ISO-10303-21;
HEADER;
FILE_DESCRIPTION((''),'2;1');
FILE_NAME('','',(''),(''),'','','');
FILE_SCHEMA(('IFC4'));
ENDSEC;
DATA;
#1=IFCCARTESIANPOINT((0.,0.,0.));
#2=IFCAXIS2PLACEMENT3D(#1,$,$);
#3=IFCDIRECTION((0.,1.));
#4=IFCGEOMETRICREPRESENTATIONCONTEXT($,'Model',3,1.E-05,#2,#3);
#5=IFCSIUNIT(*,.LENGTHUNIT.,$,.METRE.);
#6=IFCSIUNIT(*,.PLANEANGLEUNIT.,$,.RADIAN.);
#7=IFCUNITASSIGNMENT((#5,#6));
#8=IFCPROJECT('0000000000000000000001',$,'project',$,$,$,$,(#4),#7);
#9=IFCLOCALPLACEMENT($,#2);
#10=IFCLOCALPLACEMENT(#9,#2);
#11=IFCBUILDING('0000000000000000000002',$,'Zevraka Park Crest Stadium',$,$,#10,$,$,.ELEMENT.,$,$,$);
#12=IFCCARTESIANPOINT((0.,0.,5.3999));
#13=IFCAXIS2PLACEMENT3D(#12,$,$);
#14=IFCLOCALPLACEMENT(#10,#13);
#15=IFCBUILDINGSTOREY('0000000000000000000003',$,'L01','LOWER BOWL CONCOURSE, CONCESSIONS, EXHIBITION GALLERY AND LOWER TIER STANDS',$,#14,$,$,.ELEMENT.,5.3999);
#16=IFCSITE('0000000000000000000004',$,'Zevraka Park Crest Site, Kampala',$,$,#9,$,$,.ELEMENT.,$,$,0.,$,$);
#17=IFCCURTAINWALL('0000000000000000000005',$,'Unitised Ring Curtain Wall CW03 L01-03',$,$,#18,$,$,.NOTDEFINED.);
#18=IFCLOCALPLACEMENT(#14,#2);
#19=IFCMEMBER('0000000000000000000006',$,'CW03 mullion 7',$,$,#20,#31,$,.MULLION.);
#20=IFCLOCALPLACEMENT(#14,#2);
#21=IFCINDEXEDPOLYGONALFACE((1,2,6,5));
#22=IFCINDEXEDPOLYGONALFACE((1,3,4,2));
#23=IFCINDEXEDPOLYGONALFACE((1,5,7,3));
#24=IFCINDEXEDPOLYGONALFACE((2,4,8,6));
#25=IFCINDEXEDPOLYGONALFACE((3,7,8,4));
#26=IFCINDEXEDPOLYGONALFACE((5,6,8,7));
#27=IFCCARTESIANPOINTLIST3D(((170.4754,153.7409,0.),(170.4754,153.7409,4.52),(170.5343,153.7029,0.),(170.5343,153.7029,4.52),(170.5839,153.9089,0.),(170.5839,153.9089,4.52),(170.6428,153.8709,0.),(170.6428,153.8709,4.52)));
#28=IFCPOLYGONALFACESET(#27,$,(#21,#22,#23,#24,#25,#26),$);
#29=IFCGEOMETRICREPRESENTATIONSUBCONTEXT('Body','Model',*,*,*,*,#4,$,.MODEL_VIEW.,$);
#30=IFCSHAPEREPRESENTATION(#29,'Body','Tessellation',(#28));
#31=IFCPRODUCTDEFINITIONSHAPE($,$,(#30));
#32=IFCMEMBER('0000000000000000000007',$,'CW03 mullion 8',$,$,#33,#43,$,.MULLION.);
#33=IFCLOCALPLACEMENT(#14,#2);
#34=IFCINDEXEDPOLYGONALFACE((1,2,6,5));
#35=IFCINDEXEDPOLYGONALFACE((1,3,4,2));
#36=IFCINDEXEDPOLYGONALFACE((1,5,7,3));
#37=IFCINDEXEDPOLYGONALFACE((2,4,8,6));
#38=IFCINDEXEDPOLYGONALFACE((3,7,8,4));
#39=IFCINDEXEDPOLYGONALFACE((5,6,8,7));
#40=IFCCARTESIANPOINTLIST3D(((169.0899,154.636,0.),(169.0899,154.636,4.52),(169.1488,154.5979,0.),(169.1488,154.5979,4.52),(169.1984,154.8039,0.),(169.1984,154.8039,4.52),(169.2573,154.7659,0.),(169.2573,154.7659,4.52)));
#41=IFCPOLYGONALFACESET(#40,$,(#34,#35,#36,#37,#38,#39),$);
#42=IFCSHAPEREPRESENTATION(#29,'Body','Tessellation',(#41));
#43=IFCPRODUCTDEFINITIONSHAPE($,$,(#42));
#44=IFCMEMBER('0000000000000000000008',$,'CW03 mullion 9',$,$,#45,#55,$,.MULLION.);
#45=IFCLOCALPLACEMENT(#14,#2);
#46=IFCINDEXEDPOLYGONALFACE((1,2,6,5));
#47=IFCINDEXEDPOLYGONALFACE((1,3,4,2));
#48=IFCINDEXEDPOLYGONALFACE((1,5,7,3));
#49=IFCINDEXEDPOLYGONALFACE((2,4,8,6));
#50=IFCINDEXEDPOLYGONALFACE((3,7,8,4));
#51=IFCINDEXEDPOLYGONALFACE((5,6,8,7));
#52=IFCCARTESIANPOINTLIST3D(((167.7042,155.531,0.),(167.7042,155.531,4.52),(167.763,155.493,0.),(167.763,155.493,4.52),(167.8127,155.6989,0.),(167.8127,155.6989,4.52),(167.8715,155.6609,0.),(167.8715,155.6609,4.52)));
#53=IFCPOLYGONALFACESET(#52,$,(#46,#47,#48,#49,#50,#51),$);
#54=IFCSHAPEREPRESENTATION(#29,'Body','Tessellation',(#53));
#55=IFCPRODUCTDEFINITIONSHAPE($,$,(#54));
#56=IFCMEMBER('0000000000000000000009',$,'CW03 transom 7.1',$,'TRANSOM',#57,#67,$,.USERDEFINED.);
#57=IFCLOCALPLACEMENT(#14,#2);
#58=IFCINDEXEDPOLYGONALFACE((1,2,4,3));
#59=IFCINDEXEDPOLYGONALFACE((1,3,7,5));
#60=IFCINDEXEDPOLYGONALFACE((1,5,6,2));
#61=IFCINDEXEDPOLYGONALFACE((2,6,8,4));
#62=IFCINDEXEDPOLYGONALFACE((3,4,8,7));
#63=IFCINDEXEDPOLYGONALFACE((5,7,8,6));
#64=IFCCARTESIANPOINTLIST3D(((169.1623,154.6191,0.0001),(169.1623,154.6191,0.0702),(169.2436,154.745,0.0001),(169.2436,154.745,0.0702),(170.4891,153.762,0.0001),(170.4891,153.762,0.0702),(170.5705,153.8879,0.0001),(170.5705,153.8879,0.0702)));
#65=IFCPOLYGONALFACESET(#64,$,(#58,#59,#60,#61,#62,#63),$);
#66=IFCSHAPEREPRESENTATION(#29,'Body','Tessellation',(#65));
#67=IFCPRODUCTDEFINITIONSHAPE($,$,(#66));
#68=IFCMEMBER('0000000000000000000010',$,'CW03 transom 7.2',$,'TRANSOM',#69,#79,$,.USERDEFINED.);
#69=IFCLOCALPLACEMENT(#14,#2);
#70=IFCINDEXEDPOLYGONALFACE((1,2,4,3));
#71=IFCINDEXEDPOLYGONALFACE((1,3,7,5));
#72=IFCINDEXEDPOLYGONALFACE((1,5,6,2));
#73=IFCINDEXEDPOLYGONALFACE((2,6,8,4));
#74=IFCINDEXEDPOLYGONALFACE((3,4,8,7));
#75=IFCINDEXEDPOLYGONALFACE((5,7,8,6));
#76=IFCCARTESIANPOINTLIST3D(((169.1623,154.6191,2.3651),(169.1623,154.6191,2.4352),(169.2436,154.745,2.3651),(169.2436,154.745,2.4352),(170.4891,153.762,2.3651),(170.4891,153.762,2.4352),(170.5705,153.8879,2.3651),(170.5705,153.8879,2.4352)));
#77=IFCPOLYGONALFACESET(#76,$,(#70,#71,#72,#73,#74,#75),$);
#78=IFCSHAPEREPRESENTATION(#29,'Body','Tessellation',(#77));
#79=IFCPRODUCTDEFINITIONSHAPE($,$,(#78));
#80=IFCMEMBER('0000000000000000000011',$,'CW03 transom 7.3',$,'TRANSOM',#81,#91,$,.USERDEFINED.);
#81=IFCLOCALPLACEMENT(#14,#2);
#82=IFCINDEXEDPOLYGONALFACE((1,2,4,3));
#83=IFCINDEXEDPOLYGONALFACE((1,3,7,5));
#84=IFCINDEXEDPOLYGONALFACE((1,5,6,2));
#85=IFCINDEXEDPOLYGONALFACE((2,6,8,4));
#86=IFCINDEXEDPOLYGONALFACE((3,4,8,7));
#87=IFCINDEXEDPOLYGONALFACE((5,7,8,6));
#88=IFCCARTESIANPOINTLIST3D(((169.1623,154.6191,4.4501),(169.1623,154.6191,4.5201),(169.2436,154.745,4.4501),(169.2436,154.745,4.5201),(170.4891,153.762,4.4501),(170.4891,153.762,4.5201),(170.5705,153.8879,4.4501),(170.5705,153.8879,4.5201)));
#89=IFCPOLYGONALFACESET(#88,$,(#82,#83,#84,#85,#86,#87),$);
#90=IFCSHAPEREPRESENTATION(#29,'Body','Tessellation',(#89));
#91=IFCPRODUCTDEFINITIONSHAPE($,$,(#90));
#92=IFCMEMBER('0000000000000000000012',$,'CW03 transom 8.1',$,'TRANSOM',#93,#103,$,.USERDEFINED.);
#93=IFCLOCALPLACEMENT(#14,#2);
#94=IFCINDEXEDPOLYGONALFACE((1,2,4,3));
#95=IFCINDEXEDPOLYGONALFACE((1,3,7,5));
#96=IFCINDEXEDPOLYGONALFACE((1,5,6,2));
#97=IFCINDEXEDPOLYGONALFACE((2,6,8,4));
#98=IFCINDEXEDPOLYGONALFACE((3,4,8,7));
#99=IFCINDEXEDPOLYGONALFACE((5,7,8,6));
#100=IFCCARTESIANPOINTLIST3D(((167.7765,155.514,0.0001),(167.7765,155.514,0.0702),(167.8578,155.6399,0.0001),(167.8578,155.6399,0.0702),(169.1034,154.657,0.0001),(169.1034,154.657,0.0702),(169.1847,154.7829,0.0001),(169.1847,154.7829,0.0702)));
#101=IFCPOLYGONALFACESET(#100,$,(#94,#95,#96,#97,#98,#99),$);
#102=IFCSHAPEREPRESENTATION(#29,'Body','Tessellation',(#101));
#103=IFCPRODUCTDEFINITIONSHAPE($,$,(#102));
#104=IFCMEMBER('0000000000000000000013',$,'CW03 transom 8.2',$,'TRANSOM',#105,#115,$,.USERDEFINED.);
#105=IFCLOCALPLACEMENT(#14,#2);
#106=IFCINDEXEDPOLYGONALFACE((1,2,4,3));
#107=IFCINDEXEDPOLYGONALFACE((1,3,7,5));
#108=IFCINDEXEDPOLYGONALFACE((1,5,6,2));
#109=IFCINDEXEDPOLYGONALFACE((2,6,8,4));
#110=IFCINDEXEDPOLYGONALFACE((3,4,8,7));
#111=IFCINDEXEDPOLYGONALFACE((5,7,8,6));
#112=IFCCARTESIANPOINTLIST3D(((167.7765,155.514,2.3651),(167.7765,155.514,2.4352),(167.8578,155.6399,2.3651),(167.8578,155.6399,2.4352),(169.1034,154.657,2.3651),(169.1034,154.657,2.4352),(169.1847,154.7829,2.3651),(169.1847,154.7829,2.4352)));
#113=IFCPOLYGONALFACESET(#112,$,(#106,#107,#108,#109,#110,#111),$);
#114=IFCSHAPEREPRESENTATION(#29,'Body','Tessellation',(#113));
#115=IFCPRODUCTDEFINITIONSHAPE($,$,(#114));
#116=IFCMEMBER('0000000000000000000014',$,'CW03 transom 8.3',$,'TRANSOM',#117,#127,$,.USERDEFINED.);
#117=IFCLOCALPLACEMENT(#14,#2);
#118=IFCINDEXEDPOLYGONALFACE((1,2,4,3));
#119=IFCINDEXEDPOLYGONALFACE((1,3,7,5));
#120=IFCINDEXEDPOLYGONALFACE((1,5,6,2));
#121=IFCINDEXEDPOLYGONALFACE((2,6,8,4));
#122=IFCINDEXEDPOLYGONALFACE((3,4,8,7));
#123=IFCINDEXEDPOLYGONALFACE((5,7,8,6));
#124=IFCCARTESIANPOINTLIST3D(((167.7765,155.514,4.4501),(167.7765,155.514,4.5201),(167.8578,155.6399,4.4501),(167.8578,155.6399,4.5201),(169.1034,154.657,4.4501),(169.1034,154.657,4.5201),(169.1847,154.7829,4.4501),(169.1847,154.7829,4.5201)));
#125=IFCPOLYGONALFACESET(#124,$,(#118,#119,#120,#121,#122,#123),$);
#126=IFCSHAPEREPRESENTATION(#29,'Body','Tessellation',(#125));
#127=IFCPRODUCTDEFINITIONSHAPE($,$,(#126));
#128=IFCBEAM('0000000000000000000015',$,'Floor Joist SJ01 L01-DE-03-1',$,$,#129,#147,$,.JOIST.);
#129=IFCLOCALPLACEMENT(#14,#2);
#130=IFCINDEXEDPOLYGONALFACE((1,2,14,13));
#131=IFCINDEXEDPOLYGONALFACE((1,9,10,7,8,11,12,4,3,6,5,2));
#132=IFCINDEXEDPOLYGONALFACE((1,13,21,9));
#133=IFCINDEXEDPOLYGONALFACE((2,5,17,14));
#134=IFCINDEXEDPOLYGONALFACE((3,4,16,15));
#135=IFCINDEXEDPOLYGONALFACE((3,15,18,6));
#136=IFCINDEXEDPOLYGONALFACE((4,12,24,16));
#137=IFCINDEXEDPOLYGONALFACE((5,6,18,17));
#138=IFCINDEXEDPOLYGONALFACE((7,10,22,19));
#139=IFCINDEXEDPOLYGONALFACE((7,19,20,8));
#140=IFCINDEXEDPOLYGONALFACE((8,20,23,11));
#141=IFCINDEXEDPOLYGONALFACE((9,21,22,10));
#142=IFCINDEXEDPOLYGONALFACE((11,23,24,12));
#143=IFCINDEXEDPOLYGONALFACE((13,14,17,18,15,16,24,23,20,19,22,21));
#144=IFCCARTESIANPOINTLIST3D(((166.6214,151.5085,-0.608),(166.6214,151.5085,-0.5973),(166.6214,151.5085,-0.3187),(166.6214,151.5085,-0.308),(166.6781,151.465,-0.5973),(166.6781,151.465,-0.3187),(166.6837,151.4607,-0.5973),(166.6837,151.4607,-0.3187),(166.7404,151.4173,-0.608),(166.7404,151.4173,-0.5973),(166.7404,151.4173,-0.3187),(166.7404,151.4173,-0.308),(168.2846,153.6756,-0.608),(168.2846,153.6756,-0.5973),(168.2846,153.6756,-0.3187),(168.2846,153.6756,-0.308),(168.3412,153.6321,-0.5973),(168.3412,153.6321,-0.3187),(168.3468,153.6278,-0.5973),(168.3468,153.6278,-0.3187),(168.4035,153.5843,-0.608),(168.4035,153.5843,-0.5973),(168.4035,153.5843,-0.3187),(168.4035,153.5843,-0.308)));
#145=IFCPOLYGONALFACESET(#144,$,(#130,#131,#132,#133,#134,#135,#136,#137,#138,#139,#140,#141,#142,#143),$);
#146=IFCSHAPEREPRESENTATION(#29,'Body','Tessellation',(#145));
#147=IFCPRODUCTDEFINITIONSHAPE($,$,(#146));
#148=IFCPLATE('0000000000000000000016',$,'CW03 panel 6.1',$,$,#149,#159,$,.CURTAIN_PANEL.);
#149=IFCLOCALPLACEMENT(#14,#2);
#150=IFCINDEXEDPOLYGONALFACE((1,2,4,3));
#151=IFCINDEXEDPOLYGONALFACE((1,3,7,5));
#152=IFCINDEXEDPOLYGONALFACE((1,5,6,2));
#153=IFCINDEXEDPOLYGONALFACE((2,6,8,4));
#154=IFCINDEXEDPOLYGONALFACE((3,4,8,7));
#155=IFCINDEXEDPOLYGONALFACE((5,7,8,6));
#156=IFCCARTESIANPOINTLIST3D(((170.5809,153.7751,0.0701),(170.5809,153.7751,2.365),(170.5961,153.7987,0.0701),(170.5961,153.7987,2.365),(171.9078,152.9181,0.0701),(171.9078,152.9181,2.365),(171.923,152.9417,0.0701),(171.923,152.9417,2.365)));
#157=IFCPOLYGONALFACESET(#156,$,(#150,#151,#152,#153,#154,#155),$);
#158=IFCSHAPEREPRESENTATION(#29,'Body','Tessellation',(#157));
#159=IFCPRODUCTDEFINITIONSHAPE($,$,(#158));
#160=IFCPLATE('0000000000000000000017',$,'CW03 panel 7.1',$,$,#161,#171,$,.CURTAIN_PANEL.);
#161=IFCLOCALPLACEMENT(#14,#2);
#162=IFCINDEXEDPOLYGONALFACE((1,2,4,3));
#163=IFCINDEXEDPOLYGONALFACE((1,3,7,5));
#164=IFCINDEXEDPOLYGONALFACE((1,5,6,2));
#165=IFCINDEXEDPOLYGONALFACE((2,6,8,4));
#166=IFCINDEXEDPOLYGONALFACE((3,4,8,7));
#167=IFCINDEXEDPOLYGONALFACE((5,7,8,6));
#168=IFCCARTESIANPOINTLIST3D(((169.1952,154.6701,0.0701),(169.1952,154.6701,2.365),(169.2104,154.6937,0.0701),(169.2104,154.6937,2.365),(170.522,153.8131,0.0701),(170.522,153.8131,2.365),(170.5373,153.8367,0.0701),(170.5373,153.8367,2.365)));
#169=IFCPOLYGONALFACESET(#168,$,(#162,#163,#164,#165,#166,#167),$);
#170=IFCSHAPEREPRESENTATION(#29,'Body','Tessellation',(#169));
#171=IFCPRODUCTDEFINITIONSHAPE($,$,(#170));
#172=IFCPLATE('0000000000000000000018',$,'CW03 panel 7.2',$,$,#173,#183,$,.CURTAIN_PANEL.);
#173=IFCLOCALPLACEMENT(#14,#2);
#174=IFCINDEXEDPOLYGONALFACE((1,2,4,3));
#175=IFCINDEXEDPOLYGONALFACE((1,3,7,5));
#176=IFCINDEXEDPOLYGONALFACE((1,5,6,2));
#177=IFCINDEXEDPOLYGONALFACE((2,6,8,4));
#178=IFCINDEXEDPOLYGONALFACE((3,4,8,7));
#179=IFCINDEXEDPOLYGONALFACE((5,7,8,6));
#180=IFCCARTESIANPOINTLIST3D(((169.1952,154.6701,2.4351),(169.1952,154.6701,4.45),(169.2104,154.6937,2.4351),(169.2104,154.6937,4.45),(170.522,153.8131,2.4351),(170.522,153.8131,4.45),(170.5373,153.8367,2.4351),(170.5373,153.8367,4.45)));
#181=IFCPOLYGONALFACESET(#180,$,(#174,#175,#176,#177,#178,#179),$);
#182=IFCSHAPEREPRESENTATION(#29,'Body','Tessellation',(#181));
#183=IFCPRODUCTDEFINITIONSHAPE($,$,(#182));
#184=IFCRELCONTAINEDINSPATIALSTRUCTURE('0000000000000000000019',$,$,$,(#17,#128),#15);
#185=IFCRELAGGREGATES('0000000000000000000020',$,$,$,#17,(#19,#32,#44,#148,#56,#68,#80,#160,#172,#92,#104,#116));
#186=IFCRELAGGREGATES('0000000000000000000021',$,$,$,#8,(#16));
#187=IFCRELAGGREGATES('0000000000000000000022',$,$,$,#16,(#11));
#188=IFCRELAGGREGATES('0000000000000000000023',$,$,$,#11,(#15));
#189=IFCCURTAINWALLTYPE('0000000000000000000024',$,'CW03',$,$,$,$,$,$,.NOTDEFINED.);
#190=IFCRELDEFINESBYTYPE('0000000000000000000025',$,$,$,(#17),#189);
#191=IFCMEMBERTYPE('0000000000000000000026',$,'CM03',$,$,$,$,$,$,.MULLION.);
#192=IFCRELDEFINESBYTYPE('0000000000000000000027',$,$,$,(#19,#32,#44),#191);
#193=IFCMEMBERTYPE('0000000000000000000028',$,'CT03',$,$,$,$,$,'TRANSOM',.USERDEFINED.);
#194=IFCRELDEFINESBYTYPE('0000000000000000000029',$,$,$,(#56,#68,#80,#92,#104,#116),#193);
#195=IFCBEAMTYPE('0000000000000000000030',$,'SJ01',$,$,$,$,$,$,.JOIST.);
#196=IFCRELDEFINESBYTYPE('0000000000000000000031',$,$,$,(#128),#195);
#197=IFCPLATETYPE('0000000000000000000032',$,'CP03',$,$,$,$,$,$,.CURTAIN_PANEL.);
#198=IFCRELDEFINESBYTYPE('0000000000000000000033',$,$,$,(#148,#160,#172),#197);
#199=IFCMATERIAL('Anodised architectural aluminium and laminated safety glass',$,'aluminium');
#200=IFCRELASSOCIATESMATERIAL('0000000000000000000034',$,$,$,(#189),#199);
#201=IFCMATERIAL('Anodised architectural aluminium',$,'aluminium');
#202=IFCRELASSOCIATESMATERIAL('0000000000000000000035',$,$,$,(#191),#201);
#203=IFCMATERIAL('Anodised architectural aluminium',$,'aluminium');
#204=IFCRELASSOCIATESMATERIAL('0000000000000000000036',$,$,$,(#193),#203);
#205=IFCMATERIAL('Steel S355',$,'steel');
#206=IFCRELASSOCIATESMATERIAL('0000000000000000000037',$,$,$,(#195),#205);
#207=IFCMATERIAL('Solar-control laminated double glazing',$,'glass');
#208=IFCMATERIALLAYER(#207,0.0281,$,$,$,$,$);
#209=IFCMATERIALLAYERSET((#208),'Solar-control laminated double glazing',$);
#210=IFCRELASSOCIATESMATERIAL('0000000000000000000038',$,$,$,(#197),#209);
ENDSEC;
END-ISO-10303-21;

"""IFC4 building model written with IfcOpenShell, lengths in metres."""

from ifc_helpers import new_model, si_unit, direction, frame, origin, origin_2d, place, context, subcontext, project, spatial, rectangle, i_section, extrude, material, layer, layer_set, material_profile, profile_set, type_object, element, aggregate, save


model = new_model("IFC4")

# Units and contexts
model_context = context("Model", 3, precision=1e-05, world=origin(), true_north=direction((0.0, 1.0)))
body_context = subcontext(model_context, "Body", "Model", "MODEL_VIEW")
ifc_project = project(units=[si_unit("LENGTHUNIT", "METRE"), si_unit("PLANEANGLEUNIT", "RADIAN")], contexts=[model_context])

# Site, building, storey
site_placement = place(None, origin())
site = spatial("IfcSite", under=ifc_project, at=site_placement, Name="Zevraka Park Crest Site, Kampala", CompositionType="ELEMENT", RefElevation=0.0)
building_placement = place(site_placement, origin())
building = spatial("IfcBuilding", under=site, at=building_placement, Name="Zevraka Park Crest Stadium", CompositionType="ELEMENT")
storey_placement = place(building_placement, frame((0.0, 0.0, 5.3999)))
storey = spatial("IfcBuildingStorey", under=building, at=storey_placement, Name="L01", Description="LOWER BOWL CONCOURSE, CONCESSIONS, EXHIBITION GALLERY AND LOWER TIER STANDS", CompositionType="ELEMENT", Elevation=5.3999)

# Curtain wall, members
ifc_material_1 = material(Name="Anodised architectural aluminium and laminated safety glass", Category="aluminium")
curtain_wall_type = type_object("IfcCurtainWallType", Name="CW03", PredefinedType="NOTDEFINED", material=ifc_material_1)
curtain_wall_placement = place(storey_placement, origin())
curtain_wall = element("IfcCurtainWall", 1, at=curtain_wall_placement, inside=storey, type_object=curtain_wall_type, Name="Unitised Ring Curtain Wall CW03 L01-03", PredefinedType="NOTDEFINED")
ifc_material_2 = material(Name="Anodised architectural aluminium", Category="aluminium")
ifc_material_profile_1 = material_profile(ifc_material_2, rectangle(XDim=0.2, YDim=0.0701, at=origin_2d()), Name="ALU MULLION 200x70")
ifc_profile_set_1 = profile_set([ifc_material_profile_1], Name="Anodised architectural aluminium")
member_type_1 = type_object("IfcMemberType", Name="CM03", PredefinedType="MULLION", material=ifc_profile_set_1)
member_1_placement = place(storey_placement, frame((170.5591, 153.8059, 0.0), z_axis=(0.0, 0.0, 1.0), x_axis=(-0.542571, -0.84001, 0.0)))
member_1 = element("IfcMember", 2, at=member_1_placement, type_object=member_type_1, Name="CW03 mullion 7", PredefinedType="MULLION", context=body_context, shape_type="SweptSolid", body=[
    extrude(rectangle(XDim=0.2, YDim=0.0701, at=origin_2d()), origin(), (0.0, 0.0, 1.0), 4.52),
])
member_2_placement = place(storey_placement, frame((169.1736, 154.7009, 0.0), z_axis=(0.0, 0.0, 1.0), x_axis=(-0.542571, -0.84001, 0.0)))
member_2 = element("IfcMember", 3, at=member_2_placement, type_object=member_type_1, Name="CW03 mullion 8", PredefinedType="MULLION", context=body_context, shape_type="SweptSolid", body=[
    extrude(rectangle(XDim=0.2, YDim=0.0701, at=origin_2d()), origin(), (0.0, 0.0, 1.0), 4.52),
])
member_3_placement = place(storey_placement, frame((167.7878, 155.5959, 0.0), z_axis=(0.0, 0.0, 1.0), x_axis=(-0.542571, -0.84001, 0.0)))
member_3 = element("IfcMember", 4, at=member_3_placement, type_object=member_type_1, Name="CW03 mullion 9", PredefinedType="MULLION", context=body_context, shape_type="SweptSolid", body=[
    extrude(rectangle(XDim=0.2, YDim=0.0701, at=origin_2d()), origin(), (0.0, 0.0, 1.0), 4.52),
])
ifc_material_3 = material(Name="Anodised architectural aluminium", Category="aluminium")
ifc_material_profile_2 = material_profile(ifc_material_3, rectangle(XDim=0.1499, YDim=0.0701, at=origin_2d()), Name="ALU TRANSOM 150x70")
ifc_profile_set_2 = profile_set([ifc_material_profile_2], Name="Anodised architectural aluminium")
member_type_2 = type_object("IfcMemberType", Name="CT03", ElementType="TRANSOM", PredefinedType="USERDEFINED", material=ifc_profile_set_2)
member_4_placement = place(storey_placement, frame((170.5298, 153.825, 0.0352), z_axis=(-0.839976, 0.542623, 0.0), x_axis=(-0.542623, -0.839976, 0.0)))
member_4 = element("IfcMember", 5, at=member_4_placement, type_object=member_type_2, Name="CW03 transom 7.1", ObjectType="TRANSOM", PredefinedType="USERDEFINED", context=body_context, shape_type="SweptSolid", body=[
    extrude(rectangle(XDim=0.1499, YDim=0.0701, at=origin_2d()), origin(), (0.0, 0.0, 1.0), 1.5796),
])
member_5_placement = place(storey_placement, frame((170.5298, 153.825, 2.4001), z_axis=(-0.839976, 0.542623, 0.0), x_axis=(-0.542623, -0.839976, 0.0)))
member_5 = element("IfcMember", 6, at=member_5_placement, type_object=member_type_2, Name="CW03 transom 7.2", ObjectType="TRANSOM", PredefinedType="USERDEFINED", context=body_context, shape_type="SweptSolid", body=[
    extrude(rectangle(XDim=0.1499, YDim=0.0701, at=origin_2d()), origin(), (0.0, 0.0, 1.0), 1.5796),
])
member_6_placement = place(storey_placement, frame((170.5298, 153.825, 4.4851), z_axis=(-0.839976, 0.542623, 0.0), x_axis=(-0.542623, -0.839976, 0.0)))
member_6 = element("IfcMember", 7, at=member_6_placement, type_object=member_type_2, Name="CW03 transom 7.3", ObjectType="TRANSOM", PredefinedType="USERDEFINED", context=body_context, shape_type="SweptSolid", body=[
    extrude(rectangle(XDim=0.1499, YDim=0.0701, at=origin_2d()), origin(), (0.0, 0.0, 1.0), 1.5796),
])
member_7_placement = place(storey_placement, frame((169.144, 154.72, 0.0352), z_axis=(-0.840047, 0.542514, 0.0), x_axis=(-0.542514, -0.840047, 0.0)))
member_7 = element("IfcMember", 8, at=member_7_placement, type_object=member_type_2, Name="CW03 transom 8.1", ObjectType="TRANSOM", PredefinedType="USERDEFINED", context=body_context, shape_type="SweptSolid", body=[
    extrude(rectangle(XDim=0.1499, YDim=0.0701, at=origin_2d()), origin(), (0.0, 0.0, 1.0), 1.5796),
])
member_8_placement = place(storey_placement, frame((169.144, 154.72, 2.4001), z_axis=(-0.840047, 0.542514, 0.0), x_axis=(-0.542514, -0.840047, 0.0)))
member_8 = element("IfcMember", 9, at=member_8_placement, type_object=member_type_2, Name="CW03 transom 8.2", ObjectType="TRANSOM", PredefinedType="USERDEFINED", context=body_context, shape_type="SweptSolid", body=[
    extrude(rectangle(XDim=0.1499, YDim=0.0701, at=origin_2d()), origin(), (0.0, 0.0, 1.0), 1.5796),
])
member_9_placement = place(storey_placement, frame((169.144, 154.72, 4.4851), z_axis=(-0.840047, 0.542514, 0.0), x_axis=(-0.542514, -0.840047, 0.0)))
member_9 = element("IfcMember", 10, at=member_9_placement, type_object=member_type_2, Name="CW03 transom 8.3", ObjectType="TRANSOM", PredefinedType="USERDEFINED", context=body_context, shape_type="SweptSolid", body=[
    extrude(rectangle(XDim=0.1499, YDim=0.0701, at=origin_2d()), origin(), (0.0, 0.0, 1.0), 1.5796),
])

# Beam
ifc_material_4 = material(Name="Steel S355", Category="steel")
ifc_material_profile_3 = material_profile(ifc_material_4, i_section(OverallWidth=0.1499, OverallDepth=0.3, WebThickness=0.0071, FlangeThickness=0.0107, at=origin_2d()), Name="IPE 300")
ifc_profile_set_3 = profile_set([ifc_material_profile_3], Name="Steel S355")
beam_type = type_object("IfcBeamType", Name="SJ01", PredefinedType="JOIST", material=ifc_profile_set_3)
beam_placement = place(storey_placement, frame((166.6809, 151.4629, -0.458), z_axis=(0.608829, 0.793301, 0.0), x_axis=(-0.793301, 0.608829, 0.0)))
element("IfcBeam", 11, at=beam_placement, inside=storey, type_object=beam_type, Name="Floor Joist SJ01 L01-DE-03-1", PredefinedType="JOIST", context=body_context, shape_type="SweptSolid", body=[
    extrude(i_section(OverallWidth=0.1499, OverallDepth=0.3, WebThickness=0.0071, FlangeThickness=0.0107, at=origin_2d()), origin(), (0.0, 0.0, 1.0), 2.7317),
])

# Plates
ifc_material_5 = material(Name="Solar-control laminated double glazing", Category="glass")
ifc_layer_1 = layer(ifc_material_5, 0.0281)
ifc_layer_set_1 = layer_set([ifc_layer_1], Name="Solar-control laminated double glazing")
plate_type = type_object("IfcPlateType", Name="CP03", PredefinedType="CURTAIN_PANEL", material=ifc_layer_set_1)
plate_1_placement = place(storey_placement, frame((171.252, 153.3584, 0.0701), z_axis=(0.0, 0.0, 1.0), x_axis=(-0.84001, 0.542571, 0.0)))
plate_1 = element("IfcPlate", 12, at=plate_1_placement, type_object=plate_type, Name="CW03 panel 6.1", PredefinedType="CURTAIN_PANEL", context=body_context, shape_type="SweptSolid", body=[
    extrude(rectangle(XDim=1.5796, YDim=0.0281, at=origin_2d()), origin(), (0.0, 0.0, 1.0), 2.2949),
])
plate_2_placement = place(storey_placement, frame((169.8662, 154.2534, 0.0701), z_axis=(0.0, 0.0, 1.0), x_axis=(-0.84001, 0.542571, 0.0)))
plate_2 = element("IfcPlate", 13, at=plate_2_placement, type_object=plate_type, Name="CW03 panel 7.1", PredefinedType="CURTAIN_PANEL", context=body_context, shape_type="SweptSolid", body=[
    extrude(rectangle(XDim=1.5796, YDim=0.0281, at=origin_2d()), origin(), (0.0, 0.0, 1.0), 2.2949),
])
plate_3_placement = place(storey_placement, frame((169.8662, 154.2534, 2.4351), z_axis=(0.0, 0.0, 1.0), x_axis=(-0.84001, 0.542571, 0.0)))
plate_3 = element("IfcPlate", 14, at=plate_3_placement, type_object=plate_type, Name="CW03 panel 7.2", PredefinedType="CURTAIN_PANEL", context=body_context, shape_type="SweptSolid", body=[
    extrude(rectangle(XDim=1.5796, YDim=0.0281, at=origin_2d()), origin(), (0.0, 0.0, 1.0), 2.0149),
])
aggregate(curtain_wall, [member_1, member_2, member_3, plate_1, member_4, member_5, member_6, plate_2, plate_3, member_7, member_8, member_9])

save(model, "model.ifc")
